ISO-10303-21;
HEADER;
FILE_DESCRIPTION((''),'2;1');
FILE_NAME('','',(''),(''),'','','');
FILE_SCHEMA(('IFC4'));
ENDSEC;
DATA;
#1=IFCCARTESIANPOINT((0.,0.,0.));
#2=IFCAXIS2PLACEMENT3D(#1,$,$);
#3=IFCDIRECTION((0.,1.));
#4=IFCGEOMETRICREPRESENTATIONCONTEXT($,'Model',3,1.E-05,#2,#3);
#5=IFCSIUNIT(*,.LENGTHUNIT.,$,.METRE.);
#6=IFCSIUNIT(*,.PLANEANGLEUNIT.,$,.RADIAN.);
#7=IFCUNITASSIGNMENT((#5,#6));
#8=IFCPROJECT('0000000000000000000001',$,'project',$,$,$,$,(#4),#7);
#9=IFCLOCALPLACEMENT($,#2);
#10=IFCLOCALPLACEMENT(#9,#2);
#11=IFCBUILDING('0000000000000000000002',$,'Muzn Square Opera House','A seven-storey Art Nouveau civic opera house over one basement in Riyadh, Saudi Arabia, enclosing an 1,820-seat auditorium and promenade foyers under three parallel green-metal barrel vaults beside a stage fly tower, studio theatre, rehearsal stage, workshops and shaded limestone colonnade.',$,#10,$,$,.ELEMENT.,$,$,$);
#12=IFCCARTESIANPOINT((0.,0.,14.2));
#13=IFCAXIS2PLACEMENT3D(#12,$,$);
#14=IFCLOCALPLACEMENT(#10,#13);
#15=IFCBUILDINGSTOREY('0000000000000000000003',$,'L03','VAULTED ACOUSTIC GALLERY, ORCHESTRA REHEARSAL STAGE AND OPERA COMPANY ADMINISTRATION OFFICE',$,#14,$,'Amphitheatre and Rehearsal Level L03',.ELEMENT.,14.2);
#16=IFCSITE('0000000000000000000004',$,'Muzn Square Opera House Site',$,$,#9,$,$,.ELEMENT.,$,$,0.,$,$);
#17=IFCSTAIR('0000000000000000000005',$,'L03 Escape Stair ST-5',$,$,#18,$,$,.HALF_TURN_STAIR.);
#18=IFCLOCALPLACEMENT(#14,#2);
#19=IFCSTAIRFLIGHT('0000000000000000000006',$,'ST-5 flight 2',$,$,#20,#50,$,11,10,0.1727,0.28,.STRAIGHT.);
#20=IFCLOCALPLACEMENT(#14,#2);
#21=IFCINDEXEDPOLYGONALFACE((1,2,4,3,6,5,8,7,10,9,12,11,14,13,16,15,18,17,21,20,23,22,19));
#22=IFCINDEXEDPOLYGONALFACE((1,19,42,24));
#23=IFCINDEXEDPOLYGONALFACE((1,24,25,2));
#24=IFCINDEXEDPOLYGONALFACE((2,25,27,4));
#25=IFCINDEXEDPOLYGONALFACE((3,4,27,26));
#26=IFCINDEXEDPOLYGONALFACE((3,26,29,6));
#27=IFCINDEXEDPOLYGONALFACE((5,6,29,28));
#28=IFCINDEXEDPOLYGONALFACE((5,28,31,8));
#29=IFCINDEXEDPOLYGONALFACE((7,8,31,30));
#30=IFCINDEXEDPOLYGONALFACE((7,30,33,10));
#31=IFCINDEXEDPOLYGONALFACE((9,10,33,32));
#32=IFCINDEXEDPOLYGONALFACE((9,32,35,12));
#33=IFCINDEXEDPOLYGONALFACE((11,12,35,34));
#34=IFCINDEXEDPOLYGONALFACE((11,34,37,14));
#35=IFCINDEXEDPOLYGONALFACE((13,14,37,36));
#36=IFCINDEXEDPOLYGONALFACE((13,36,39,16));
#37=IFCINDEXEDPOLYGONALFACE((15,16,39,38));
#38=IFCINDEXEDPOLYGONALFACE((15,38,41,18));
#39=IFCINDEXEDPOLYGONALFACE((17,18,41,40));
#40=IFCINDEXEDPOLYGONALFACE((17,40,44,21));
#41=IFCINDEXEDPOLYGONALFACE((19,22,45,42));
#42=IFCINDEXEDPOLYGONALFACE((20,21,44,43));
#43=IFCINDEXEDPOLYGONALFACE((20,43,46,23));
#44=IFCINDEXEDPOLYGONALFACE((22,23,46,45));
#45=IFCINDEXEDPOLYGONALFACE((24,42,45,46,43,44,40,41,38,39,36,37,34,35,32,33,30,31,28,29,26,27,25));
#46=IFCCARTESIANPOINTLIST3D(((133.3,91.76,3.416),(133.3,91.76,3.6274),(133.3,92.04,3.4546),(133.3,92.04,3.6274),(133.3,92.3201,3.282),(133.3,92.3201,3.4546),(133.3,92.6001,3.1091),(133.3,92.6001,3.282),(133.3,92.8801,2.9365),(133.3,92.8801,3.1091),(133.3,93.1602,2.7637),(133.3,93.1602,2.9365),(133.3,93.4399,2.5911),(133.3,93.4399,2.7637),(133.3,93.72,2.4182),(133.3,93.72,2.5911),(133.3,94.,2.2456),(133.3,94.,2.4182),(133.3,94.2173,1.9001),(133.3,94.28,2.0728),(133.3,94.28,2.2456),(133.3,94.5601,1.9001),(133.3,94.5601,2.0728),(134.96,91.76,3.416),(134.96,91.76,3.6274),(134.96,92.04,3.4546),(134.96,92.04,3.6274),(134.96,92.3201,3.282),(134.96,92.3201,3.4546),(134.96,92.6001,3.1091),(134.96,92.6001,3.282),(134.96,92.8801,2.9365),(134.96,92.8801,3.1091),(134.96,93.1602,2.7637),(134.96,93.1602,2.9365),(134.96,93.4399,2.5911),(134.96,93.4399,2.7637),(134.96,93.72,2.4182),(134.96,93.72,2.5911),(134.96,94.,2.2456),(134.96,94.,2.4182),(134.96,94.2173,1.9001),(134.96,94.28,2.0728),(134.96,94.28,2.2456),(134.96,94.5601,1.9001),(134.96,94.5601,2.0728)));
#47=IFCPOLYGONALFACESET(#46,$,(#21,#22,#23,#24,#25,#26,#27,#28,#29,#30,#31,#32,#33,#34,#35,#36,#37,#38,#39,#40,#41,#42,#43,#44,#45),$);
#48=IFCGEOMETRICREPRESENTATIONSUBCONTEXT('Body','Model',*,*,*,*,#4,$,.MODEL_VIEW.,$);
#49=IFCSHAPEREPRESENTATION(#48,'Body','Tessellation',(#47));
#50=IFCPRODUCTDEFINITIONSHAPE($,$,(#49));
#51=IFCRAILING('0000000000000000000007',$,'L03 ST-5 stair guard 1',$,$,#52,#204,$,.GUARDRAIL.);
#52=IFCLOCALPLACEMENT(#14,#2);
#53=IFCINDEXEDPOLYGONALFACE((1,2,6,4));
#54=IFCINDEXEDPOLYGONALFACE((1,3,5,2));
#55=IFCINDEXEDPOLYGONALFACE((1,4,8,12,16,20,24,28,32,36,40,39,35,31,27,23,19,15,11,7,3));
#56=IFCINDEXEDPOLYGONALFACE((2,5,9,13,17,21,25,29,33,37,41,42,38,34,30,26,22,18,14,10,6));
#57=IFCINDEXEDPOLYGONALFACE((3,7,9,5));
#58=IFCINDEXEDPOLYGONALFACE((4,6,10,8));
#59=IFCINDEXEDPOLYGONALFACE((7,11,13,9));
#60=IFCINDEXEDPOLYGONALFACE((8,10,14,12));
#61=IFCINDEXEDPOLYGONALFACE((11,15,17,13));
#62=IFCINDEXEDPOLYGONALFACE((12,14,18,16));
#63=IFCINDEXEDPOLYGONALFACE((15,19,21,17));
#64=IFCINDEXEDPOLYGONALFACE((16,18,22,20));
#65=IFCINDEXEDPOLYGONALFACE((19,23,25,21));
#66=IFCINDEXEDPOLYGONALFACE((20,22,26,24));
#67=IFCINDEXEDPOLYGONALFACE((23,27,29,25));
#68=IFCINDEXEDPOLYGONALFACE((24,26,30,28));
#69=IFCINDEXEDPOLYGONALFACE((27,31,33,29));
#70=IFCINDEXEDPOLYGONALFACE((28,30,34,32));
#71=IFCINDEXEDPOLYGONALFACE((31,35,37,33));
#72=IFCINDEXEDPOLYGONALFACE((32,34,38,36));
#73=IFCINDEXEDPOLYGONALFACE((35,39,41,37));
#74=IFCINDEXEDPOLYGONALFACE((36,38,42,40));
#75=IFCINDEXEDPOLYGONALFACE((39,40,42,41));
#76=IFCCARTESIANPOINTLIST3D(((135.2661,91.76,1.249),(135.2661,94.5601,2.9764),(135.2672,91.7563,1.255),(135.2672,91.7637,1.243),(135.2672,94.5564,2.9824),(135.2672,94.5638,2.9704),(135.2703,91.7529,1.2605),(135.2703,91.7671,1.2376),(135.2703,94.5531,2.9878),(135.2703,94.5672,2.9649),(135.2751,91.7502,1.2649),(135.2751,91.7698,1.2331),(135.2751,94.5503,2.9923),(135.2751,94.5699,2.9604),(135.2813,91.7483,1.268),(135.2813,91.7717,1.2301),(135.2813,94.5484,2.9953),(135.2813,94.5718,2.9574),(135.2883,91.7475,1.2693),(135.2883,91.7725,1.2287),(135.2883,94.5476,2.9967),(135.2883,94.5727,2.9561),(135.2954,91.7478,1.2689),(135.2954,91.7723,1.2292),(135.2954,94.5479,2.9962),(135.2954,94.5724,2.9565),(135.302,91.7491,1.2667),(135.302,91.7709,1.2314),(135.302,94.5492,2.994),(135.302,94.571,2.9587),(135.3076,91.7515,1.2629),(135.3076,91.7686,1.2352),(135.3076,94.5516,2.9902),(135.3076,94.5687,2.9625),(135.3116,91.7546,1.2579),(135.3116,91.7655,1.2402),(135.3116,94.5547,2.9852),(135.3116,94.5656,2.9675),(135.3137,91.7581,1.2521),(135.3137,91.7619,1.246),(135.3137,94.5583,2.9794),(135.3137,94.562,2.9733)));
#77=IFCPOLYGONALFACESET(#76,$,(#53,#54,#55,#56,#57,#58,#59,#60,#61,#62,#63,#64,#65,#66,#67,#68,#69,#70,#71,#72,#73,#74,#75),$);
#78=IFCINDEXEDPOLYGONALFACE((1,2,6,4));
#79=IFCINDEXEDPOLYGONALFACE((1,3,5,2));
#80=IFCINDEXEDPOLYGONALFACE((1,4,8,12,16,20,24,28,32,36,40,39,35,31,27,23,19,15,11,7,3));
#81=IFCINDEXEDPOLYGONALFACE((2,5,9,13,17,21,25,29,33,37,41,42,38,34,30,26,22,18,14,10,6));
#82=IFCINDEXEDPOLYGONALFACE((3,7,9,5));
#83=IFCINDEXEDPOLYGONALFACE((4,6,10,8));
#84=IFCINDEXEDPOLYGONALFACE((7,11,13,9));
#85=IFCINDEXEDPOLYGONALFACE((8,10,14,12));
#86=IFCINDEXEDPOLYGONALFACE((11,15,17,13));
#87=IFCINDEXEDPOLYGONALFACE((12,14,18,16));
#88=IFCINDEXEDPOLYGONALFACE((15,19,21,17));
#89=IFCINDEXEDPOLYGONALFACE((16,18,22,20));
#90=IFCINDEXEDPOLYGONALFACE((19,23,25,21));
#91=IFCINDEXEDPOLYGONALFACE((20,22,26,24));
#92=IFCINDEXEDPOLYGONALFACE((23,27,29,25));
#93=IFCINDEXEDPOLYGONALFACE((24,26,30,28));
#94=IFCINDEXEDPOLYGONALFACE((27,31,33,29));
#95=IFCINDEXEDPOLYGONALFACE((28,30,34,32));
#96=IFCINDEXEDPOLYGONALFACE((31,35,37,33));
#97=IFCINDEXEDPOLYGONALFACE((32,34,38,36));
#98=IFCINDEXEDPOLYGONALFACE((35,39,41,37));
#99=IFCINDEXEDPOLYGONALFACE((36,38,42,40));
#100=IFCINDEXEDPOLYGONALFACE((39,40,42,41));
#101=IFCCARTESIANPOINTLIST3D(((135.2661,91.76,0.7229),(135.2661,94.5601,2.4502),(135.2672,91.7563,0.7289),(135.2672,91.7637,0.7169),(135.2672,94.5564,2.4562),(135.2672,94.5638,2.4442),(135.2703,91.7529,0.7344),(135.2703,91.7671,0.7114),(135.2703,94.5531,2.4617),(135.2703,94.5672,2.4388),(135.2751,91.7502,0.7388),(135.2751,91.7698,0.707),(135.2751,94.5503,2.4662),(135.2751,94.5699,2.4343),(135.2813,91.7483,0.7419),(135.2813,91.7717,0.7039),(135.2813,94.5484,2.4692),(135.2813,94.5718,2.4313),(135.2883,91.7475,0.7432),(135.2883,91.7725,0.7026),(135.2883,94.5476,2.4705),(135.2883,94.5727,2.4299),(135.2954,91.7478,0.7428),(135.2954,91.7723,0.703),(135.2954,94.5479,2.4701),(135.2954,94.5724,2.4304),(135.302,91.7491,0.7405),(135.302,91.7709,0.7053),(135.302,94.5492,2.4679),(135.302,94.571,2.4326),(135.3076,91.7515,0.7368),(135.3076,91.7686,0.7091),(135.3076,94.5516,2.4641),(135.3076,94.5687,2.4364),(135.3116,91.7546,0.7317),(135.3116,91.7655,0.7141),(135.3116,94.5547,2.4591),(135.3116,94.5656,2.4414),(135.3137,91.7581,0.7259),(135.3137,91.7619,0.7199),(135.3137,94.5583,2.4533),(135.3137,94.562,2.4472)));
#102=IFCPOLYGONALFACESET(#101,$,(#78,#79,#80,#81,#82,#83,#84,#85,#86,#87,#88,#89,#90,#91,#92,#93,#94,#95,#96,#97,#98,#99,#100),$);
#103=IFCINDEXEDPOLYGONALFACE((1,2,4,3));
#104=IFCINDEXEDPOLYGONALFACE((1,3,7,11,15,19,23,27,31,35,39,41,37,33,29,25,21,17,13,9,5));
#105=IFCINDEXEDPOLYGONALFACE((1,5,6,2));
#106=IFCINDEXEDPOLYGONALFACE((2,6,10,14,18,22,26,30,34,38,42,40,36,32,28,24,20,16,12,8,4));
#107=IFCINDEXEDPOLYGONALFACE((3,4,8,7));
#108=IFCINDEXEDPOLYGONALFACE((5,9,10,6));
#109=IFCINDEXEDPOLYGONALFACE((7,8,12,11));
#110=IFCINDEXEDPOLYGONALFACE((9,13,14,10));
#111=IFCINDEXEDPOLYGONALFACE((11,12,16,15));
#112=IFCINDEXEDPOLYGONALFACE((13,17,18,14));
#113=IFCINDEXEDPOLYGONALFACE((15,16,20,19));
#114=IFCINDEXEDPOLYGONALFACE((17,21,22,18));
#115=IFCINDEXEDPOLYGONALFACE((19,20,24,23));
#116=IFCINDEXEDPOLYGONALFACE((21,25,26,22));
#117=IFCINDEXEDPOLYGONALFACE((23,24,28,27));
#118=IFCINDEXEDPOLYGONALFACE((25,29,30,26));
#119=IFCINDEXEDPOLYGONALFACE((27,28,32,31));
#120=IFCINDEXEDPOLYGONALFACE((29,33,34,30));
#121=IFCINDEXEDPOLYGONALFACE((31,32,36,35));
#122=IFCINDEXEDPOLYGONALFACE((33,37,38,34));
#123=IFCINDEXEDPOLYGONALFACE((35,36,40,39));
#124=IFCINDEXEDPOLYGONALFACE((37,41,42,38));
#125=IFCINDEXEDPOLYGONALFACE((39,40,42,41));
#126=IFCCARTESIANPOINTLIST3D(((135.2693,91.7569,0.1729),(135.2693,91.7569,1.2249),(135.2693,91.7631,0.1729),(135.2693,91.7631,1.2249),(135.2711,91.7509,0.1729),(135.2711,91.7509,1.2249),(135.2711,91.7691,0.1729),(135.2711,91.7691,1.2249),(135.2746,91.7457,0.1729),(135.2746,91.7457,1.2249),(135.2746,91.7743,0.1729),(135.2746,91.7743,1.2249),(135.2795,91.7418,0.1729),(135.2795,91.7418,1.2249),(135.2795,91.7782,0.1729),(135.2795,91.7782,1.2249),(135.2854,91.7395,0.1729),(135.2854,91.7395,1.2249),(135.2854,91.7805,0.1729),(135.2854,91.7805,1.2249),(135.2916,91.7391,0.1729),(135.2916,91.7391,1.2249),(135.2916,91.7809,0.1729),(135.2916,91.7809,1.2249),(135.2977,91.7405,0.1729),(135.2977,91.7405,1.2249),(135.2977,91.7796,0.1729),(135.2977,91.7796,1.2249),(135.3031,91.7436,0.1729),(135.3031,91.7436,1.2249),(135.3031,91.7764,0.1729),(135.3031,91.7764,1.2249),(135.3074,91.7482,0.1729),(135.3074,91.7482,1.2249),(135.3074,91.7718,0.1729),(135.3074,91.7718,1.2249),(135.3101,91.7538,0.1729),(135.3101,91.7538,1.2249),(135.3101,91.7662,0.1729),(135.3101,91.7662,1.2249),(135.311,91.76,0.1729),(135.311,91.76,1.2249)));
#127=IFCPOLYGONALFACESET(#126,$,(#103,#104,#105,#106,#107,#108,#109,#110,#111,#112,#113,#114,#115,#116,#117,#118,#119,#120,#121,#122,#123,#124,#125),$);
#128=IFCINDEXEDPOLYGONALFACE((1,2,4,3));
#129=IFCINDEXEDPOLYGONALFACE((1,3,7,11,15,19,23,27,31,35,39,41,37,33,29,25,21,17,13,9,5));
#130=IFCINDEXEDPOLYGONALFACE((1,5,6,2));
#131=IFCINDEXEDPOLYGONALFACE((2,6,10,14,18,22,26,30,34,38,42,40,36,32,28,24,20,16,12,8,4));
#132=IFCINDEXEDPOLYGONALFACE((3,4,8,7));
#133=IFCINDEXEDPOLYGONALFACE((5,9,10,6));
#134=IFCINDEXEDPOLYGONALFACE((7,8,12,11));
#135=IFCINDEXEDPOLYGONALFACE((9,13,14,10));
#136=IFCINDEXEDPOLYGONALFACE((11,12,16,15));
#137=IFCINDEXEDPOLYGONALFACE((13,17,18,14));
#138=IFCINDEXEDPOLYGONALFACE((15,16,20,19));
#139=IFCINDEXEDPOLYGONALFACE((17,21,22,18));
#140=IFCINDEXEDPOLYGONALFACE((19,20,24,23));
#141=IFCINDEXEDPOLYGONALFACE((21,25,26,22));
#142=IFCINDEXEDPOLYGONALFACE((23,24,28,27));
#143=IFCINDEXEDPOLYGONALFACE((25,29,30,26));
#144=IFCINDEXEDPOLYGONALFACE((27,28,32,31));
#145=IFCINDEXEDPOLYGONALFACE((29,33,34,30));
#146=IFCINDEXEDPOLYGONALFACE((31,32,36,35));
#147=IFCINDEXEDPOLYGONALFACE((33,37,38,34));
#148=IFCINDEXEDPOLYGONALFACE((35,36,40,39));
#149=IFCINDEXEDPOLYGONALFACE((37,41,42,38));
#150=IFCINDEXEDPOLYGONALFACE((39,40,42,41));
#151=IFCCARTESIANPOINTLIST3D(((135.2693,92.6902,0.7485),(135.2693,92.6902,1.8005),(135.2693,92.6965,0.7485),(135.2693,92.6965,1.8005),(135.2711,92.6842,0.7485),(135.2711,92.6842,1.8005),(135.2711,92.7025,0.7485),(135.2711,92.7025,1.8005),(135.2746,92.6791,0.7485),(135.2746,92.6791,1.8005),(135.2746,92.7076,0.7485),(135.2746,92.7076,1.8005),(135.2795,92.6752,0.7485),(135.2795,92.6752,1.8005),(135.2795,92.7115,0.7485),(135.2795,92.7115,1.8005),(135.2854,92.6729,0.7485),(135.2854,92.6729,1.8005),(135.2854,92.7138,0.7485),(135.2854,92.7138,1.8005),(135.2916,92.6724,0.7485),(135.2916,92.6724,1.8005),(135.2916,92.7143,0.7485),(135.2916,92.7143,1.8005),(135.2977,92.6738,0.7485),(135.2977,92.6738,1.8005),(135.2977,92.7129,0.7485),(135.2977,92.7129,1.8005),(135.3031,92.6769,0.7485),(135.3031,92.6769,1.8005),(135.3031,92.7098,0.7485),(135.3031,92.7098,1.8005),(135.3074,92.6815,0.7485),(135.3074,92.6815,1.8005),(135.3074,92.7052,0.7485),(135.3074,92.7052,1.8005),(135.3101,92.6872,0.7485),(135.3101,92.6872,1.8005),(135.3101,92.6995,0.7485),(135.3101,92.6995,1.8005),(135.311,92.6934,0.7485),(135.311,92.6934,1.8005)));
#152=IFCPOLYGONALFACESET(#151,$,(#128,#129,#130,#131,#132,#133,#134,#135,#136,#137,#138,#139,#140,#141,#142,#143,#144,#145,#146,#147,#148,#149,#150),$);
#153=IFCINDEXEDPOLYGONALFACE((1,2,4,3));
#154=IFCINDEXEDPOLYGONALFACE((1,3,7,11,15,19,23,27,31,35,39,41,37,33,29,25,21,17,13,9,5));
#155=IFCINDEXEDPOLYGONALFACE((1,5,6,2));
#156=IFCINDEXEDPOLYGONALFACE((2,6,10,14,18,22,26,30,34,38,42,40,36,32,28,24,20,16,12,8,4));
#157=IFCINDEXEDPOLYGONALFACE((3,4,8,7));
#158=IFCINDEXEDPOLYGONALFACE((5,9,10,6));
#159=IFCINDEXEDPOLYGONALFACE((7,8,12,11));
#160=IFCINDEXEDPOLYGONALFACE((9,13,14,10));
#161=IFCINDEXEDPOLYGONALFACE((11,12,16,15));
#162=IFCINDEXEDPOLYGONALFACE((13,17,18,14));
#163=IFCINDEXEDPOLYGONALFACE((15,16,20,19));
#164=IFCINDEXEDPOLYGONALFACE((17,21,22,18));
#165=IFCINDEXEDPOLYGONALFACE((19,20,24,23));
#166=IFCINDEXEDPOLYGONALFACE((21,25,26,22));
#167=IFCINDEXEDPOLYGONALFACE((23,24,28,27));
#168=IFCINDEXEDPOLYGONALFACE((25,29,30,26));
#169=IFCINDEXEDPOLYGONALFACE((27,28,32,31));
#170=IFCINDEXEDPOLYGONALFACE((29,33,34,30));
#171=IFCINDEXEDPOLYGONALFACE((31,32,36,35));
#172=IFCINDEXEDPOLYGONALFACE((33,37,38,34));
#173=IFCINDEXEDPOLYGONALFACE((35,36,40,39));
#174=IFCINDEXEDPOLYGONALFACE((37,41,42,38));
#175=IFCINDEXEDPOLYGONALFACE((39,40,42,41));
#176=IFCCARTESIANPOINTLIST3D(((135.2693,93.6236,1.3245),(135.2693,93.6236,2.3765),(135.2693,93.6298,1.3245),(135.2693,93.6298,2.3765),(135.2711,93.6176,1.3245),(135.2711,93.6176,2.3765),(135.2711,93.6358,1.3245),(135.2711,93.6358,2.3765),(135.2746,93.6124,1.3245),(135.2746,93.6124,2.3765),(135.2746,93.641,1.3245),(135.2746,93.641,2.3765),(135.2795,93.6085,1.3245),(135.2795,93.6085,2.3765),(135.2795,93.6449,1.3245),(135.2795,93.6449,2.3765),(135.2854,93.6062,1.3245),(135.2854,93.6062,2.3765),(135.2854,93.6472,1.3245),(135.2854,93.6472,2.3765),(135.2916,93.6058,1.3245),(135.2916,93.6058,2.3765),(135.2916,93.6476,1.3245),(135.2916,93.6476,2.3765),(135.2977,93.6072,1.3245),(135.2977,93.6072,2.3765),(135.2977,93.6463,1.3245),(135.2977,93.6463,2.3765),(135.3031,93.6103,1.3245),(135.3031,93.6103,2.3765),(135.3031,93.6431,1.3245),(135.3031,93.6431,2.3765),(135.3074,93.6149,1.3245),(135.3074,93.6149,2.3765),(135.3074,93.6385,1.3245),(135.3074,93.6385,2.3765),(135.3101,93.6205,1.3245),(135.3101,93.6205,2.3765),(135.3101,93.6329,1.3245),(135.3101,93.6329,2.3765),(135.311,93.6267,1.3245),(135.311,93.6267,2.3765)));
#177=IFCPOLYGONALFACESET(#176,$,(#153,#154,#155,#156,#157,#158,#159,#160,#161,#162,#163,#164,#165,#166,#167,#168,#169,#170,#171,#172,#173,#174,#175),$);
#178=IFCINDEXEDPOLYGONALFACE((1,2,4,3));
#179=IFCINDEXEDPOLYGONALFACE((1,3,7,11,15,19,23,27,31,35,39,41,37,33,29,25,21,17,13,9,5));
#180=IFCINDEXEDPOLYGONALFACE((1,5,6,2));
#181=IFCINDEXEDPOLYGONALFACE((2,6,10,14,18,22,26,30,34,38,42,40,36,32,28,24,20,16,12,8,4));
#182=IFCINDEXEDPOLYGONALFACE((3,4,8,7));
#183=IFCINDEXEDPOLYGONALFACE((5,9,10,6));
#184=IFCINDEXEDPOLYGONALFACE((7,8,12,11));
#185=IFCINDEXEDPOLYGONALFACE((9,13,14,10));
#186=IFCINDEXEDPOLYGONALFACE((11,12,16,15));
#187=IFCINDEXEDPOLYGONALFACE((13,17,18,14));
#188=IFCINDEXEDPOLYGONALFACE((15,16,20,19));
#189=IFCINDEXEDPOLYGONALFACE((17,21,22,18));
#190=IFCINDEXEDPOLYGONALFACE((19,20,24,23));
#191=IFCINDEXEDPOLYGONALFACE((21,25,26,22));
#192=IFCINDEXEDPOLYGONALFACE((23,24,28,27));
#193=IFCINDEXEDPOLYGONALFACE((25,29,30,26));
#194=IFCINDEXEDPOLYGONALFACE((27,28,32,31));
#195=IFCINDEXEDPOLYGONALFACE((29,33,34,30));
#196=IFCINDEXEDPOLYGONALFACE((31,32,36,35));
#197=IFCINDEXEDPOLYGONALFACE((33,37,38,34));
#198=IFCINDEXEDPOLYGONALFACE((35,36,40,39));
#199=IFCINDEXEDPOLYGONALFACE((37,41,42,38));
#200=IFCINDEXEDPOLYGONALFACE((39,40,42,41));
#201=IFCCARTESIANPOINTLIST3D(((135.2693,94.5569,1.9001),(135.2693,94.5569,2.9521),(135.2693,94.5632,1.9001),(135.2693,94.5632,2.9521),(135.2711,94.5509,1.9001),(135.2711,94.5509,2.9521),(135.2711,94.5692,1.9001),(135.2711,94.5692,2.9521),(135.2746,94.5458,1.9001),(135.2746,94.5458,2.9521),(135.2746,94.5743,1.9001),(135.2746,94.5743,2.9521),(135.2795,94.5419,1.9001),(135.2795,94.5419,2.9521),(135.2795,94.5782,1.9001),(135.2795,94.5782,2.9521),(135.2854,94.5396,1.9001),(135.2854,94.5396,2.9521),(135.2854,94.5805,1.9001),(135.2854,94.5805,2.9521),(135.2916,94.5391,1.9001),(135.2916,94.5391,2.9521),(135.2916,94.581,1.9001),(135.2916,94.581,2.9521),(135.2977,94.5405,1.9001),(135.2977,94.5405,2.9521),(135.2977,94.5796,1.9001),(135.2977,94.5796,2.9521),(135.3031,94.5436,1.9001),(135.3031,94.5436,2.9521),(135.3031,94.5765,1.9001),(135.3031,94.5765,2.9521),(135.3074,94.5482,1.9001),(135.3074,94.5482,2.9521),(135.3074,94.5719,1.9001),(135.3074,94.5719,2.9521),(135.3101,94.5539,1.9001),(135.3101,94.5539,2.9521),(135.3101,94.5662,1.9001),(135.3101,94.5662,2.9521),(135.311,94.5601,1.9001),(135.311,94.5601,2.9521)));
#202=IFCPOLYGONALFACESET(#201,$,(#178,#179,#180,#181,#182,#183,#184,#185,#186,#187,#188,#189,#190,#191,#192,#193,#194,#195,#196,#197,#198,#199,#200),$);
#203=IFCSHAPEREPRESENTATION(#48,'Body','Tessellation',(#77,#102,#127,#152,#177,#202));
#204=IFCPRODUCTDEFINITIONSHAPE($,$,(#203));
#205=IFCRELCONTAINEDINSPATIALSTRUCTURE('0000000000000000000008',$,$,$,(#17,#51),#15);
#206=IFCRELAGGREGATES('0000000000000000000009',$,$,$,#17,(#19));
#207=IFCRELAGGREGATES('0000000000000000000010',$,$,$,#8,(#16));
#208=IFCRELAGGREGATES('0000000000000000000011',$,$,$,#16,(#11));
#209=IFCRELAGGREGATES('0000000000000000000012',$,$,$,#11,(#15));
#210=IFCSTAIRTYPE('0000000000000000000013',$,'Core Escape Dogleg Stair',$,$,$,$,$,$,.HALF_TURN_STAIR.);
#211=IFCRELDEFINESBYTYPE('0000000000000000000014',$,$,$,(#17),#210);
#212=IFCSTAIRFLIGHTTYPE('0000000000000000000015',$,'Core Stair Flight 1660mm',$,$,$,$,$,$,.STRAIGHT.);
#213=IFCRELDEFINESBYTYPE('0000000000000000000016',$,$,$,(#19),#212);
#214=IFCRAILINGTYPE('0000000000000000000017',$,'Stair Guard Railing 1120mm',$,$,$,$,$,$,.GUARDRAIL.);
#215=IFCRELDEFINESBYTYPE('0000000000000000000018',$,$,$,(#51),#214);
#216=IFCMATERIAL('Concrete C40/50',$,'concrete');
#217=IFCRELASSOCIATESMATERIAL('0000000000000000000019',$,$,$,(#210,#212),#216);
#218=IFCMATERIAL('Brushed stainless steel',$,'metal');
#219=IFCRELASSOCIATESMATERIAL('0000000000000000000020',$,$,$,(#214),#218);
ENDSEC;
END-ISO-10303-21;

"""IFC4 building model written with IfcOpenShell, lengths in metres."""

from ifc_helpers import new_model, si_unit, direction, frame, origin, origin_2d, place, context, subcontext, project, spatial, polyline, circle, outline, extrude, material, type_object, element, aggregate, save


model = new_model("IFC4")

# Units and contexts
model_context = context("Model", 3, precision=1e-05, world=origin(), true_north=direction((0.0, 1.0)))
body_context = subcontext(model_context, "Body", "Model", "MODEL_VIEW")
ifc_project = project(units=[si_unit("LENGTHUNIT", "METRE"), si_unit("PLANEANGLEUNIT", "RADIAN")], contexts=[model_context])

# Site, building, storey
site_placement = place(None, origin())
site = spatial("IfcSite", under=ifc_project, at=site_placement, Name="Muzn Square Opera House Site", CompositionType="ELEMENT", RefElevation=0.0)
building_placement = place(site_placement, origin())
building = spatial("IfcBuilding", under=site, at=building_placement, Name="Muzn Square Opera House", Description="A seven-storey Art Nouveau civic opera house over one basement in Riyadh, Saudi Arabia, enclosing an 1,820-seat auditorium and promenade foyers under three parallel green-metal barrel vaults beside a stage fly tower, studio theatre, rehearsal stage, workshops and shaded limestone colonnade.", CompositionType="ELEMENT")
storey_placement = place(building_placement, frame((0.0, 0.0, 14.2)))
storey = spatial("IfcBuildingStorey", under=building, at=storey_placement, Name="L03", Description="VAULTED ACOUSTIC GALLERY, ORCHESTRA REHEARSAL STAGE AND OPERA COMPANY ADMINISTRATION OFFICE", LongName="Amphitheatre and Rehearsal Level L03", CompositionType="ELEMENT", Elevation=14.2)

# Shared definitions
ifc_material_1 = material(Name="Concrete C40/50", Category="concrete")

# Stair, stair flight
stair_type = type_object("IfcStairType", Name="Core Escape Dogleg Stair", PredefinedType="HALF_TURN_STAIR", material=ifc_material_1)
stair_placement = place(storey_placement, origin())
stair = element("IfcStair", 1, at=stair_placement, inside=storey, type_object=stair_type, Name="L03 Escape Stair ST-5", PredefinedType="HALF_TURN_STAIR")
stair_flight_type = type_object("IfcStairFlightType", Name="Core Stair Flight 1660mm", PredefinedType="STRAIGHT", material=ifc_material_1)
stair_flight_1_placement = place(storey_placement, frame((134.1299, 94.5601, 1.9001), z_axis=(0.0, 0.0, 1.0), x_axis=(0.0, -1.0, 0.0)))
stair_flight_1 = element("IfcStairFlight", 2, at=stair_flight_1_placement, type_object=stair_flight_type, Name="ST-5 flight 2", NumberOfRisers=11, NumberOfTreads=10, PredefinedType="STRAIGHT", RiserHeight=0.1727, TreadLength=0.28, context=body_context, shape_type="SweptSolid", body=[
    extrude(outline(polyline([(0.0, 0.0), (0.0, 0.1726), (0.28, 0.1726), (0.28, 0.3455), (0.5601, 0.3455), (0.5601, 0.5181), (0.8401, 0.5181), (0.8401, 0.6909), (1.1201, 0.6909), (1.1201, 0.8635), (1.3999, 0.8635), (1.3999, 1.0364), (1.6799, 1.0364), (1.6799, 1.209), (1.96, 1.209), (1.96, 1.3818), (2.24, 1.3818), (2.24, 1.5544), (2.52, 1.5544), (2.52, 1.7273), (2.8, 1.7273), (2.8, 1.8999), (2.8, 1.5159), (0.3428, 0.0), (0.0, 0.0)])), frame((0.0, 0.8301, 0.0), z_axis=(0.0, -1.0, 0.0), x_axis=(1.0, 0.0, 0.0)), (0.0, 0.0, 1.0), 1.6599),
])
aggregate(stair, [stair_flight_1])

# Railing
ifc_material_2 = material(Name="Brushed stainless steel", Category="metal")
railing_type_1 = type_object("IfcRailingType", Name="Stair Guard Railing 1120mm", PredefinedType="GUARDRAIL", material=ifc_material_2)
railing_1_placement = place(storey_placement, frame((135.29, 91.76, 0.1729)))
element("IfcRailing", 3, at=railing_1_placement, inside=storey, type_object=railing_type_1, Name="L03 ST-5 stair guard 1", PredefinedType="GUARDRAIL", context=body_context, shape_type="SweptSolid", body=[
    extrude(circle(Radius=0.0239, at=origin_2d()), frame((0.0, 0.0, 1.0762), z_axis=(0.0, 0.85109, 0.52502), x_axis=(-1.0, 0.0, 0.0)), (0.0, 0.0, 1.0), 3.29),
    extrude(circle(Radius=0.0239, at=origin_2d()), frame((0.0, 0.0, 0.55), z_axis=(0.0, 0.85109, 0.52502), x_axis=(-1.0, 0.0, 0.0)), (0.0, 0.0, 1.0), 3.29),
    extrude(circle(Radius=0.021, at=origin_2d()), origin(), (0.0, 0.0, 1.0), 1.052),
    extrude(circle(Radius=0.021, at=origin_2d()), frame((0.0, 0.9333, 0.5757)), (0.0, 0.0, 1.0), 1.052),
    extrude(circle(Radius=0.021, at=origin_2d()), frame((0.0, 1.8667, 1.1516)), (0.0, 0.0, 1.0), 1.052),
    extrude(circle(Radius=0.021, at=origin_2d()), frame((0.0, 2.8, 1.7273)), (0.0, 0.0, 1.0), 1.052),
])

save(model, "model.ifc")
